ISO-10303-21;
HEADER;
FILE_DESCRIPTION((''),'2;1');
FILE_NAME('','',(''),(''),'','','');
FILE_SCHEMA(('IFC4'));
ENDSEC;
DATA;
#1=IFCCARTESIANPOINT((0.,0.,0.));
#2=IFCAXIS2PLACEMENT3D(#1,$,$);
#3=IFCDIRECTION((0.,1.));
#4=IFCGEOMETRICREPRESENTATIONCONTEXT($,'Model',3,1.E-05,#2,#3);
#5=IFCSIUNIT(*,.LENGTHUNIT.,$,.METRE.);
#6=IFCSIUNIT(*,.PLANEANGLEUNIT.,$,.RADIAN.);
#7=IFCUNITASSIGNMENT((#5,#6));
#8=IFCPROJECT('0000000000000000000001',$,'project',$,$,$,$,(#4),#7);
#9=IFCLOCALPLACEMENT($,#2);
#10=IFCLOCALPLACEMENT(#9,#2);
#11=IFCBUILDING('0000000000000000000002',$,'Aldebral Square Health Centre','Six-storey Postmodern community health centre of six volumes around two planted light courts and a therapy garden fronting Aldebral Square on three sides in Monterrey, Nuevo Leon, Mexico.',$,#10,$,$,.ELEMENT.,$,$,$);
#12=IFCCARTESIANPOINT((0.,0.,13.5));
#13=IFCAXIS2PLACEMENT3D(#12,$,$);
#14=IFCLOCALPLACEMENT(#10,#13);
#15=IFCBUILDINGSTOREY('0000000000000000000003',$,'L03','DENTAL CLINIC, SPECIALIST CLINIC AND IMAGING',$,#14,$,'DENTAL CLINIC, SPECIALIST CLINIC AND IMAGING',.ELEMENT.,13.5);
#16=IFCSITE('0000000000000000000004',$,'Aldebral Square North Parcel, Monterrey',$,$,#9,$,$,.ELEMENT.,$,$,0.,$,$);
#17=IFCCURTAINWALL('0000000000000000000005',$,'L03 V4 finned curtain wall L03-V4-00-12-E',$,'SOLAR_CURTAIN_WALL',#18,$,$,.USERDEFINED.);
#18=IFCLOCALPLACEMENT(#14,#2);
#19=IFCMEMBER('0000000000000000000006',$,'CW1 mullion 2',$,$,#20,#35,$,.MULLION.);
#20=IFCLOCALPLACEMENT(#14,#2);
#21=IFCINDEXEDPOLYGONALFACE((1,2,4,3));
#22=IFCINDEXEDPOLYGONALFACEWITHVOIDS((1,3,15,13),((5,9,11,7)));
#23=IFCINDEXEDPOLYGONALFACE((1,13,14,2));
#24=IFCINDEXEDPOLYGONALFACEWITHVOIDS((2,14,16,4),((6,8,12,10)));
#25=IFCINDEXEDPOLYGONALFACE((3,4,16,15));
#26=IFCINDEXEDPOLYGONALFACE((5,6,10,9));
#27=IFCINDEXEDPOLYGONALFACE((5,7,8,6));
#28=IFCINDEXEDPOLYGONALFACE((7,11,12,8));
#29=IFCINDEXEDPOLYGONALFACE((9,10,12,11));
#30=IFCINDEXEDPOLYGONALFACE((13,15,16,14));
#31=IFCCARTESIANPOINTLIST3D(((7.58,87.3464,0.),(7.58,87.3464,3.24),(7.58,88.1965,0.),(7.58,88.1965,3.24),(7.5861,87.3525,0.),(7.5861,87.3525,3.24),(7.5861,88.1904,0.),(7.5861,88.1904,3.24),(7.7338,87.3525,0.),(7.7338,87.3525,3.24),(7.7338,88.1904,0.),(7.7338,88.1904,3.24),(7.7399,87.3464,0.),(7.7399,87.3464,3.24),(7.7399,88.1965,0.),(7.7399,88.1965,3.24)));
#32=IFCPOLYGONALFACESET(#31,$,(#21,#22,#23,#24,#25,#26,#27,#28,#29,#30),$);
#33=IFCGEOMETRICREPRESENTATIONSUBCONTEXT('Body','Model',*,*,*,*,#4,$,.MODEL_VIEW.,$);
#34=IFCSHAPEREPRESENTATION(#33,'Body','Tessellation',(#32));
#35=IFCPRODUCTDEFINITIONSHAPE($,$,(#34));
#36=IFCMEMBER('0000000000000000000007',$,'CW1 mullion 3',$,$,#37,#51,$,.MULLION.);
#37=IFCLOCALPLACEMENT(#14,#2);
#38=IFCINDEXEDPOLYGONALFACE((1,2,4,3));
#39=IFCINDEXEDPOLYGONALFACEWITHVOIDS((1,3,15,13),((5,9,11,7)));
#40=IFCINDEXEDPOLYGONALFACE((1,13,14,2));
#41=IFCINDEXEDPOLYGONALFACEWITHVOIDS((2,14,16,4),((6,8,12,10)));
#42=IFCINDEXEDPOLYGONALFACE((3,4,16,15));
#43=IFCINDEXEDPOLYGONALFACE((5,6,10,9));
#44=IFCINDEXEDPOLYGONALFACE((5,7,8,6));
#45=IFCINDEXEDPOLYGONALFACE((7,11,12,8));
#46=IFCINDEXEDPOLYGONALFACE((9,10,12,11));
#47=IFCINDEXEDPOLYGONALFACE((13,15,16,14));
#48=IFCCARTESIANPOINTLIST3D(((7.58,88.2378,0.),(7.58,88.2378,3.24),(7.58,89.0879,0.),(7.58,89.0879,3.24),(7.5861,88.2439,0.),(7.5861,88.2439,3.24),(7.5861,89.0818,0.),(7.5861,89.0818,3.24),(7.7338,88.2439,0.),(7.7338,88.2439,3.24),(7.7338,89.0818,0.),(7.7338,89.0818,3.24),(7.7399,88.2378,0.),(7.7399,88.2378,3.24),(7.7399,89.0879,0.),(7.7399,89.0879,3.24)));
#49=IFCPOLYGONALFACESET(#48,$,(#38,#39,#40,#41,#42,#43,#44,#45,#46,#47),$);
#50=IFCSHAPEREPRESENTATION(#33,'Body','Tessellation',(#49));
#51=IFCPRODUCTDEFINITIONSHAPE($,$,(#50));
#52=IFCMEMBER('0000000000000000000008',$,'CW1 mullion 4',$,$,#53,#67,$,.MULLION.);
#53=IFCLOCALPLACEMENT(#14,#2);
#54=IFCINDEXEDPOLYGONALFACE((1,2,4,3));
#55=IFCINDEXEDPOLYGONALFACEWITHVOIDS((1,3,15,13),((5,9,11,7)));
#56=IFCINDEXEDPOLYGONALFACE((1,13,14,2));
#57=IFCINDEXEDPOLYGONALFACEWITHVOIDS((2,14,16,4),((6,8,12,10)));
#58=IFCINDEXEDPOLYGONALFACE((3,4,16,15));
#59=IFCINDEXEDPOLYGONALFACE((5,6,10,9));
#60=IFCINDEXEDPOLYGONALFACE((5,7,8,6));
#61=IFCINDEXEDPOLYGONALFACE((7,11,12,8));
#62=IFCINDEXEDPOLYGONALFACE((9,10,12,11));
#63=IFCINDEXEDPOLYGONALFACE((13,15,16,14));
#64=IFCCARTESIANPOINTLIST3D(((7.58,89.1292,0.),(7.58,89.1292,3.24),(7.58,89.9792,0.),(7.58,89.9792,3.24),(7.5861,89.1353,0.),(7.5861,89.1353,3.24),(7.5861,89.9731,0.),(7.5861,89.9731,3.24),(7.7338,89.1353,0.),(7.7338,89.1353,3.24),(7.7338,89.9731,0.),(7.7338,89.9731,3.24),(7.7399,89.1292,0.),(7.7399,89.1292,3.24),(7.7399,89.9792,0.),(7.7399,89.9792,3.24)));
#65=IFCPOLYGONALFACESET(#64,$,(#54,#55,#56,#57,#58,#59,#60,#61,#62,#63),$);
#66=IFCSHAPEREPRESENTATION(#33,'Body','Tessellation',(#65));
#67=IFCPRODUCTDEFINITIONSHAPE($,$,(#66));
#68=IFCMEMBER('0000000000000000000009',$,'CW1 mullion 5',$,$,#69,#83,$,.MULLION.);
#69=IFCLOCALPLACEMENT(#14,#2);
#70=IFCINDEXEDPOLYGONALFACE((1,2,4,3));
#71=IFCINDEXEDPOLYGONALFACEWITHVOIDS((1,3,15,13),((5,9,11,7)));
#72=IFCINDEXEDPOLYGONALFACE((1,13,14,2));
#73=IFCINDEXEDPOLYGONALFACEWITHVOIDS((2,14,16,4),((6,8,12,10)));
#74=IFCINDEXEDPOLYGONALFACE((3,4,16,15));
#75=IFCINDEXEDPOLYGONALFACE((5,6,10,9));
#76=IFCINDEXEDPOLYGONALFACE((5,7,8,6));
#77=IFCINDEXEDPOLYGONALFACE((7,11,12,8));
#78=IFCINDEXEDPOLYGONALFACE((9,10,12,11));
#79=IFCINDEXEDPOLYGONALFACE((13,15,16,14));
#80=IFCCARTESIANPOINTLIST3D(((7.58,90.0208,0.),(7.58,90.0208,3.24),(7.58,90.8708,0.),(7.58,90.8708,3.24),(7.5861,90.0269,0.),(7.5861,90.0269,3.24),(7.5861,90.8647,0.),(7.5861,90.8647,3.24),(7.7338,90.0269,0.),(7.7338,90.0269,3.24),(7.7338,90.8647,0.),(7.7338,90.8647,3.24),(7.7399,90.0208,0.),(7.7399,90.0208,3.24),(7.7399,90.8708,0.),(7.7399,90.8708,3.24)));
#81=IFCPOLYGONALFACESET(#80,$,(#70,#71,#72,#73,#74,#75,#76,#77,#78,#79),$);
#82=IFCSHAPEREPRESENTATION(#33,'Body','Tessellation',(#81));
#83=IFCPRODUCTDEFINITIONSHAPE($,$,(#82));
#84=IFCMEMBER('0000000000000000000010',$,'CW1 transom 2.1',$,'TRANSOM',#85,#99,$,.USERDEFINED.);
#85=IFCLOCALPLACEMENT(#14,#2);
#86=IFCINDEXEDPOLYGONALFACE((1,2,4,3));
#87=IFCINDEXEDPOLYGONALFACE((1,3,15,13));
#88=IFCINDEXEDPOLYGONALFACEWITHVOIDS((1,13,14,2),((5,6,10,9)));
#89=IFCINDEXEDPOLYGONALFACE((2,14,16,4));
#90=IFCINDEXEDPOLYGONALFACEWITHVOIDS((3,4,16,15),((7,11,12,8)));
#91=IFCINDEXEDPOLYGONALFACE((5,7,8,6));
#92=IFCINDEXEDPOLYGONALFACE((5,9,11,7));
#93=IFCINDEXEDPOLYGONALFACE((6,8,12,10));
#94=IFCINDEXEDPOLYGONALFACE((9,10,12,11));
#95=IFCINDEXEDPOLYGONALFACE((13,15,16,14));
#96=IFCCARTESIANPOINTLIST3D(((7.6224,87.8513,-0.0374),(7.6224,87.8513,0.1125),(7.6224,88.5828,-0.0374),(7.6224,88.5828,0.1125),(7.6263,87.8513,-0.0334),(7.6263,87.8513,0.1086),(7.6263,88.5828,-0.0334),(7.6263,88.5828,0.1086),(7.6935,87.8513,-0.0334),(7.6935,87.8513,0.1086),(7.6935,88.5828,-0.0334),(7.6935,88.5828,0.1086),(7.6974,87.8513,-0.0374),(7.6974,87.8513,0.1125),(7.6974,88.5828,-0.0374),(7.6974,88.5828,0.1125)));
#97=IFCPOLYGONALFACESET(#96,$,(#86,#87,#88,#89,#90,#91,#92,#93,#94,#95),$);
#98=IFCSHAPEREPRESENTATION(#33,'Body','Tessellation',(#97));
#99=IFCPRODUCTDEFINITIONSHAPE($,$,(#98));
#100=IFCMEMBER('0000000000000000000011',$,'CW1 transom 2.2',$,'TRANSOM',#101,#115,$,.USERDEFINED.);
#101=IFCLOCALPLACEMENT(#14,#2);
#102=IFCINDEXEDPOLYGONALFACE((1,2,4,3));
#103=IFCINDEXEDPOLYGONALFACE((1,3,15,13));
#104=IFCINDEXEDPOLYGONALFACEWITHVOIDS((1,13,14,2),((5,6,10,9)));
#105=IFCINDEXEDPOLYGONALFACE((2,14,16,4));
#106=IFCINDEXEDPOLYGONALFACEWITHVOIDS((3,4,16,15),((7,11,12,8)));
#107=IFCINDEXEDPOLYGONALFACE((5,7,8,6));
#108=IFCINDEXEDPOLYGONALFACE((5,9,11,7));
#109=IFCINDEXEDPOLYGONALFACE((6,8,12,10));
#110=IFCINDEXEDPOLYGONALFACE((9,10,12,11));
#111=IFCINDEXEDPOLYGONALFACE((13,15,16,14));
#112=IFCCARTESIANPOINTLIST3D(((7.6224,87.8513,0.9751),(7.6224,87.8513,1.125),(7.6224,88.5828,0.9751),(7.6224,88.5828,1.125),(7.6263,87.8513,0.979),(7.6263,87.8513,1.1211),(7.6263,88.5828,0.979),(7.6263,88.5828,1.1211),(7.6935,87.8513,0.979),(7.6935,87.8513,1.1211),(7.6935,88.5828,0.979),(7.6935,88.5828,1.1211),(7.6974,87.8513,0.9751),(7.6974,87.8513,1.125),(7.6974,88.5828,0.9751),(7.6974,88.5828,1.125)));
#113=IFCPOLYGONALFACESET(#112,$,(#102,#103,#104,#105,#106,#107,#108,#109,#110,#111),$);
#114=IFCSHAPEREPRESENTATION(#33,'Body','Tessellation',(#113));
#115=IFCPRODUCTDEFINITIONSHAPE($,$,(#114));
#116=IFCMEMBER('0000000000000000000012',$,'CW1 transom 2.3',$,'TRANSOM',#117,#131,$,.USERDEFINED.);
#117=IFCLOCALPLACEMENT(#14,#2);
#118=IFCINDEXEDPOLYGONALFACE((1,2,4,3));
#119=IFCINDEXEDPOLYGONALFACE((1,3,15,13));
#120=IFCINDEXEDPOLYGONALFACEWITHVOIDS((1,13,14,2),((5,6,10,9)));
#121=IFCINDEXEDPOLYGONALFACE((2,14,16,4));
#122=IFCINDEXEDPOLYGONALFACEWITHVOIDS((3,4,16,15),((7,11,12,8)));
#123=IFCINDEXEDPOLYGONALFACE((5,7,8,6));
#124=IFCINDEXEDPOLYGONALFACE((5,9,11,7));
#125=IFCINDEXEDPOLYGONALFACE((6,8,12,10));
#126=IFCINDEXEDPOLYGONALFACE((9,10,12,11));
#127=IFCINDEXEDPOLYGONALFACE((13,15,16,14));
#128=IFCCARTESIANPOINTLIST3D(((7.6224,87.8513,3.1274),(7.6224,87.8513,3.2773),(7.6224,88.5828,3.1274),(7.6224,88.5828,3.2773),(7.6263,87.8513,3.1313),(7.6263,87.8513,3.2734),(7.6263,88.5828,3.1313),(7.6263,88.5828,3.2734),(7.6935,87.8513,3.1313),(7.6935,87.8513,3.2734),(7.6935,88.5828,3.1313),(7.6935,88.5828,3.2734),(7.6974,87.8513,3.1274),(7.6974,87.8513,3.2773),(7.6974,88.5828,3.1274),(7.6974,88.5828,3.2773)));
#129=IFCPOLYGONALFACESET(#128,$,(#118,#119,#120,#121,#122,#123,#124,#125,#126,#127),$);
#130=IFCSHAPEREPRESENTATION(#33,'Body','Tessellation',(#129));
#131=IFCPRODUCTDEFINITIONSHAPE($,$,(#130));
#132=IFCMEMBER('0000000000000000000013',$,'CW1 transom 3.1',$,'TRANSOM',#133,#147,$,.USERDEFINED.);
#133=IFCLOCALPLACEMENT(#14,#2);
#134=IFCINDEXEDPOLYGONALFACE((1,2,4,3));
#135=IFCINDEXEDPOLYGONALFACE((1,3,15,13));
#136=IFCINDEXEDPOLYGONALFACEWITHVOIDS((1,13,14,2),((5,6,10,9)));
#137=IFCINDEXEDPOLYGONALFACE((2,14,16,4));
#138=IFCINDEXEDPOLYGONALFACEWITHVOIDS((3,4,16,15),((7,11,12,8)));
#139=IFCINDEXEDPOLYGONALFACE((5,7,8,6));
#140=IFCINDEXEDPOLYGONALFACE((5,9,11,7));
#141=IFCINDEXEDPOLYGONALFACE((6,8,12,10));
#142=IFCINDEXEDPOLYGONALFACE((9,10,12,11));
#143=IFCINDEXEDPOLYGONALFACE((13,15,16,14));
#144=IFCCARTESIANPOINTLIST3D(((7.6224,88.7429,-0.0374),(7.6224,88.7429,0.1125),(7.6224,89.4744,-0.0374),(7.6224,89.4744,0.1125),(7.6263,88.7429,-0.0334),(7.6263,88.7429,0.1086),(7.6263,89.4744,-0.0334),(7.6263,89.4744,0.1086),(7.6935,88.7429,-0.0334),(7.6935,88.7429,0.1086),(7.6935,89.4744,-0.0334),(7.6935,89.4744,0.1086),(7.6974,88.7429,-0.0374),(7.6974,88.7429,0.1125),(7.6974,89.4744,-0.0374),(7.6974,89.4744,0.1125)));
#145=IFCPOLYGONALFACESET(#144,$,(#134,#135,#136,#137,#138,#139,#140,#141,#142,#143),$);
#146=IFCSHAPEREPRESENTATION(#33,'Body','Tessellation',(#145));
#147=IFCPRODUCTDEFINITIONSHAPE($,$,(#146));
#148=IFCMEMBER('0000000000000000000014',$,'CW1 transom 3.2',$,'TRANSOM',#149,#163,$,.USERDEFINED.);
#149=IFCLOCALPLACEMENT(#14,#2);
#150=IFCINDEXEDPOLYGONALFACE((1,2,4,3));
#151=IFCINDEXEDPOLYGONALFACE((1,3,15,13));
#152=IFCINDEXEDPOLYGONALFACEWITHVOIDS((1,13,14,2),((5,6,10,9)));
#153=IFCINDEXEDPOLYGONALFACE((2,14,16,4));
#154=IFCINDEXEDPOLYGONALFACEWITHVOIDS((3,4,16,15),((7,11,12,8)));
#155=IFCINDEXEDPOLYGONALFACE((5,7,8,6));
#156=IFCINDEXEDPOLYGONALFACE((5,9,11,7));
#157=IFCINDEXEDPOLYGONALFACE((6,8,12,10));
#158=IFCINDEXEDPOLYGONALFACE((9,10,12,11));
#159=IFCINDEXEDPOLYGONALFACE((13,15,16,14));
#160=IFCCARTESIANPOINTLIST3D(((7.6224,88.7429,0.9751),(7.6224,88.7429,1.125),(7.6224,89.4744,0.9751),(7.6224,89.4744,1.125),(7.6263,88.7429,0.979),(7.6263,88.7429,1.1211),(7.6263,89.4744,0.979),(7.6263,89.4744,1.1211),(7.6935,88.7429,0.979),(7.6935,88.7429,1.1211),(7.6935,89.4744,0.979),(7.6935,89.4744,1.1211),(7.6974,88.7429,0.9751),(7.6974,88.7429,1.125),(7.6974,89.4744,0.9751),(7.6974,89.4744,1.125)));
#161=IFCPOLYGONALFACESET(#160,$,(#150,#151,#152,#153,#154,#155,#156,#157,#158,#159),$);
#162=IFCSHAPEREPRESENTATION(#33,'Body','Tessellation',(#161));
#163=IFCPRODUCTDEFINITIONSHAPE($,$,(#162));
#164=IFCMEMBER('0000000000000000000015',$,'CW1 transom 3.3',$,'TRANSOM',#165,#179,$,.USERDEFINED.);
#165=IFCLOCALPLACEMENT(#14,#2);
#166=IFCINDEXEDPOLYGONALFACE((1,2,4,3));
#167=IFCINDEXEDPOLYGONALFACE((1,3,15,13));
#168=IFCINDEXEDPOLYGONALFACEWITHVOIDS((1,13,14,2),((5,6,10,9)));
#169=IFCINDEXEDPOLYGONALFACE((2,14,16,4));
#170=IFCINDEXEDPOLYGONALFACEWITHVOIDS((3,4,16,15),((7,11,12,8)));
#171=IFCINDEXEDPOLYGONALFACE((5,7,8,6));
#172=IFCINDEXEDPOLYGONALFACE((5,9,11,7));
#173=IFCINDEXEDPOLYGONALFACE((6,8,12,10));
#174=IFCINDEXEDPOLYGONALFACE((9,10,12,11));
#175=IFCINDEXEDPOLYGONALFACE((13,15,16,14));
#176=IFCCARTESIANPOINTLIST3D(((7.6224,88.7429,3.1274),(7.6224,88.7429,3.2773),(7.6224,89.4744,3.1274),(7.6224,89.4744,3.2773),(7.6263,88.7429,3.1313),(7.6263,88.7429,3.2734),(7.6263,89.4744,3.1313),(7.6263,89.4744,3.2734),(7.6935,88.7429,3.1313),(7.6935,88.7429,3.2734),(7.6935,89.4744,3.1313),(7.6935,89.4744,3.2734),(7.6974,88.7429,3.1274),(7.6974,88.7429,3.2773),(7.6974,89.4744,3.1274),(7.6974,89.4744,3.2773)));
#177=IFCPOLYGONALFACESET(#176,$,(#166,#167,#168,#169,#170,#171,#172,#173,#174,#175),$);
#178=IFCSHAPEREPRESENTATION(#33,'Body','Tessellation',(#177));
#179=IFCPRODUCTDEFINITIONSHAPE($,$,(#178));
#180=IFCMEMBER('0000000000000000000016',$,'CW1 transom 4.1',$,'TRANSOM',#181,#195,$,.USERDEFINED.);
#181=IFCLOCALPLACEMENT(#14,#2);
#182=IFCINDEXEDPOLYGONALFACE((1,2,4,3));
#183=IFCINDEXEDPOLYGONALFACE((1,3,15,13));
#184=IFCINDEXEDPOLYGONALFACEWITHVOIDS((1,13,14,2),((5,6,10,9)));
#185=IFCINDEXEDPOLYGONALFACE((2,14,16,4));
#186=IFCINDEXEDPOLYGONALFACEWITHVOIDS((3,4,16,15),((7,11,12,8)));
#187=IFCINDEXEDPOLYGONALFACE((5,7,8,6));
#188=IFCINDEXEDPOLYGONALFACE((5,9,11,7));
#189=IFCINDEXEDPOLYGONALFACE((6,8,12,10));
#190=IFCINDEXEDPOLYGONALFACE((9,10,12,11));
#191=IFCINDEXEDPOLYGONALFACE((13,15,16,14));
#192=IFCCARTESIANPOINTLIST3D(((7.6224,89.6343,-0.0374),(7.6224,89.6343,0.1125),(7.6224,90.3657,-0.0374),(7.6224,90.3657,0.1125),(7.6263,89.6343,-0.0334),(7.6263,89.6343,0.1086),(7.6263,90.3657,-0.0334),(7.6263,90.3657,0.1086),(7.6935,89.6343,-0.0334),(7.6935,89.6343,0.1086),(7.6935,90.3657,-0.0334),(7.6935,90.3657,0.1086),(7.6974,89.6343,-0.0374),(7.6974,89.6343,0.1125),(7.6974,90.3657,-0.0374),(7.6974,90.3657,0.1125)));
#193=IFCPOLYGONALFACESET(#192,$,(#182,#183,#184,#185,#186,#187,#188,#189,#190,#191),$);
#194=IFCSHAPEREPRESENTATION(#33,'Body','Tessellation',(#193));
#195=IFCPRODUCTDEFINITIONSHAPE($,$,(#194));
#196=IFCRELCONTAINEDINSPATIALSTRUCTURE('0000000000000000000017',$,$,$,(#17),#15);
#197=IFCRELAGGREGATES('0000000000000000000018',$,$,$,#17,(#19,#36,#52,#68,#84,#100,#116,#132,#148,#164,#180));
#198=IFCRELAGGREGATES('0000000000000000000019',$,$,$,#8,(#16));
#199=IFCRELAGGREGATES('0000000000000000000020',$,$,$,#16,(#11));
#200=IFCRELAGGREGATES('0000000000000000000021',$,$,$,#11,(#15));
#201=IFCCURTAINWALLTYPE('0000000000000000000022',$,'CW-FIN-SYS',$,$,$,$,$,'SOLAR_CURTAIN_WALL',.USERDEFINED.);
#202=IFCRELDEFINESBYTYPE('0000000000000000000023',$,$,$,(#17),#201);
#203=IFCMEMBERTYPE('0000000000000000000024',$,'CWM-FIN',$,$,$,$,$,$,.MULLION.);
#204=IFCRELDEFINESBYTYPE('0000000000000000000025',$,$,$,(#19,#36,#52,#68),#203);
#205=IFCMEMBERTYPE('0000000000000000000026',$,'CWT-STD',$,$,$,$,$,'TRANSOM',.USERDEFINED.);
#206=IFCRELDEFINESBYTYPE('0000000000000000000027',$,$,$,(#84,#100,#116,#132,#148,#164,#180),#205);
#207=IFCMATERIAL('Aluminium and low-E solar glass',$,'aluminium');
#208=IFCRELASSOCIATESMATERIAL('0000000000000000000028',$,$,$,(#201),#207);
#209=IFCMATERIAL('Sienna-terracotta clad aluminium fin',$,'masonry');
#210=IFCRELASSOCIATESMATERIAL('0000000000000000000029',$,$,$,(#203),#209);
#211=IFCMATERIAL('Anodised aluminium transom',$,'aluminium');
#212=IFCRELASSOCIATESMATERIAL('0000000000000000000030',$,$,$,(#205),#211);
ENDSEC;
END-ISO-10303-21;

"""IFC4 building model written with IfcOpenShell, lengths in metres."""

from ifc_helpers import new_model, si_unit, direction, frame, origin, origin_2d, place, context, subcontext, project, spatial, hollow_rectangle, extrude, material, material_profile, profile_set, type_object, element, aggregate, save


model = new_model("IFC4")

# Units and contexts
model_context = context("Model", 3, precision=1e-05, world=origin(), true_north=direction((0.0, 1.0)))
body_context = subcontext(model_context, "Body", "Model", "MODEL_VIEW")
ifc_project = project(units=[si_unit("LENGTHUNIT", "METRE"), si_unit("PLANEANGLEUNIT", "RADIAN")], contexts=[model_context])

# Site, building, storey
site_placement = place(None, origin())
site = spatial("IfcSite", under=ifc_project, at=site_placement, Name="Aldebral Square North Parcel, Monterrey", CompositionType="ELEMENT", RefElevation=0.0)
building_placement = place(site_placement, origin())
building = spatial("IfcBuilding", under=site, at=building_placement, Name="Aldebral Square Health Centre", Description="Six-storey Postmodern community health centre of six volumes around two planted light courts and a therapy garden fronting Aldebral Square on three sides in Monterrey, Nuevo Leon, Mexico.", CompositionType="ELEMENT")
storey_placement = place(building_placement, frame((0.0, 0.0, 13.5)))
storey = spatial("IfcBuildingStorey", under=building, at=storey_placement, Name="L03", Description="DENTAL CLINIC, SPECIALIST CLINIC AND IMAGING", LongName="DENTAL CLINIC, SPECIALIST CLINIC AND IMAGING", CompositionType="ELEMENT", Elevation=13.5)

# Curtain wall, members
ifc_material_1 = material(Name="Aluminium and low-E solar glass", Category="aluminium")
curtain_wall_type = type_object("IfcCurtainWallType", Name="CW-FIN-SYS", ElementType="SOLAR_CURTAIN_WALL", PredefinedType="USERDEFINED", material=ifc_material_1)
curtain_wall_placement = place(storey_placement, origin())
curtain_wall = element("IfcCurtainWall", 1, at=curtain_wall_placement, inside=storey, type_object=curtain_wall_type, Name="L03 V4 finned curtain wall L03-V4-00-12-E", ObjectType="SOLAR_CURTAIN_WALL", PredefinedType="USERDEFINED")
ifc_material_2 = material(Name="Sienna-terracotta clad aluminium fin", Category="masonry")
ifc_material_profile_1 = material_profile(ifc_material_2, hollow_rectangle(XDim=0.1599, YDim=0.8501, WallThickness=0.0061, at=origin_2d()), Name="FIN 160x850x6")
ifc_profile_set_1 = profile_set([ifc_material_profile_1], Name="Sienna-terracotta clad aluminium fin")
member_type_1 = type_object("IfcMemberType", Name="CWM-FIN", PredefinedType="MULLION", material=ifc_profile_set_1)
member_1_placement = place(storey_placement, frame((7.6599, 87.7715, 0.0), z_axis=(0.0, 0.0, 1.0), x_axis=(-1.0, 0.0, 0.0)))
member_1 = element("IfcMember", 2, at=member_1_placement, type_object=member_type_1, Name="CW1 mullion 2", PredefinedType="MULLION", context=body_context, shape_type="SweptSolid", body=[
    extrude(hollow_rectangle(XDim=0.1599, YDim=0.8501, WallThickness=0.0061, at=origin_2d()), origin(), (0.0, 0.0, 1.0), 3.24),
])
member_2_placement = place(storey_placement, frame((7.6599, 88.6628, 0.0), z_axis=(0.0, 0.0, 1.0), x_axis=(-1.0, 0.0, 0.0)))
member_2 = element("IfcMember", 3, at=member_2_placement, type_object=member_type_1, Name="CW1 mullion 3", PredefinedType="MULLION", context=body_context, shape_type="SweptSolid", body=[
    extrude(hollow_rectangle(XDim=0.1599, YDim=0.8501, WallThickness=0.0061, at=origin_2d()), origin(), (0.0, 0.0, 1.0), 3.24),
])
member_3_placement = place(storey_placement, frame((7.6599, 89.5542, 0.0), z_axis=(0.0, 0.0, 1.0), x_axis=(-1.0, 0.0, 0.0)))
member_3 = element("IfcMember", 4, at=member_3_placement, type_object=member_type_1, Name="CW1 mullion 4", PredefinedType="MULLION", context=body_context, shape_type="SweptSolid", body=[
    extrude(hollow_rectangle(XDim=0.1599, YDim=0.8501, WallThickness=0.0061, at=origin_2d()), origin(), (0.0, 0.0, 1.0), 3.24),
])
member_4_placement = place(storey_placement, frame((7.6599, 90.4458, 0.0), z_axis=(0.0, 0.0, 1.0), x_axis=(-1.0, 0.0, 0.0)))
member_4 = element("IfcMember", 5, at=member_4_placement, type_object=member_type_1, Name="CW1 mullion 5", PredefinedType="MULLION", context=body_context, shape_type="SweptSolid", body=[
    extrude(hollow_rectangle(XDim=0.1599, YDim=0.8501, WallThickness=0.0061, at=origin_2d()), origin(), (0.0, 0.0, 1.0), 3.24),
])
ifc_material_3 = material(Name="Anodised aluminium transom", Category="aluminium")
ifc_material_profile_2 = material_profile(ifc_material_3, hollow_rectangle(XDim=0.075, YDim=0.1499, WallThickness=0.0039, at=origin_2d()), Name="CWT 75x150x4")
ifc_profile_set_2 = profile_set([ifc_material_profile_2], Name="Anodised aluminium transom")
member_type_2 = type_object("IfcMemberType", Name="CWT-STD", ElementType="TRANSOM", PredefinedType="USERDEFINED", material=ifc_profile_set_2)
member_5_placement = place(storey_placement, frame((7.6599, 87.8513, 0.0376), z_axis=(0.0, 1.0, 0.0), x_axis=(-1.0, 0.0, 0.0)))
member_5 = element("IfcMember", 6, at=member_5_placement, type_object=member_type_2, Name="CW1 transom 2.1", ObjectType="TRANSOM", PredefinedType="USERDEFINED", context=body_context, shape_type="SweptSolid", body=[
    extrude(hollow_rectangle(XDim=0.075, YDim=0.1499, WallThickness=0.0039, at=origin_2d()), origin(), (0.0, 0.0, 1.0), 0.7314),
])
member_6_placement = place(storey_placement, frame((7.6599, 87.8513, 1.05), z_axis=(0.0, 1.0, 0.0), x_axis=(-1.0, 0.0, 0.0)))
member_6 = element("IfcMember", 7, at=member_6_placement, type_object=member_type_2, Name="CW1 transom 2.2", ObjectType="TRANSOM", PredefinedType="USERDEFINED", context=body_context, shape_type="SweptSolid", body=[
    extrude(hollow_rectangle(XDim=0.075, YDim=0.1499, WallThickness=0.0039, at=origin_2d()), origin(), (0.0, 0.0, 1.0), 0.7314),
])
member_7_placement = place(storey_placement, frame((7.6599, 87.8513, 3.2024), z_axis=(0.0, 1.0, 0.0), x_axis=(-1.0, 0.0, 0.0)))
member_7 = element("IfcMember", 8, at=member_7_placement, type_object=member_type_2, Name="CW1 transom 2.3", ObjectType="TRANSOM", PredefinedType="USERDEFINED", context=body_context, shape_type="SweptSolid", body=[
    extrude(hollow_rectangle(XDim=0.075, YDim=0.1499, WallThickness=0.0039, at=origin_2d()), origin(), (0.0, 0.0, 1.0), 0.7314),
])
member_8_placement = place(storey_placement, frame((7.6599, 88.7429, 0.0376), z_axis=(0.0, 1.0, 0.0), x_axis=(-1.0, 0.0, 0.0)))
member_8 = element("IfcMember", 9, at=member_8_placement, type_object=member_type_2, Name="CW1 transom 3.1", ObjectType="TRANSOM", PredefinedType="USERDEFINED", context=body_context, shape_type="SweptSolid", body=[
    extrude(hollow_rectangle(XDim=0.075, YDim=0.1499, WallThickness=0.0039, at=origin_2d()), origin(), (0.0, 0.0, 1.0), 0.7314),
])
member_9_placement = place(storey_placement, frame((7.6599, 88.7429, 1.05), z_axis=(0.0, 1.0, 0.0), x_axis=(-1.0, 0.0, 0.0)))
member_9 = element("IfcMember", 10, at=member_9_placement, type_object=member_type_2, Name="CW1 transom 3.2", ObjectType="TRANSOM", PredefinedType="USERDEFINED", context=body_context, shape_type="SweptSolid", body=[
    extrude(hollow_rectangle(XDim=0.075, YDim=0.1499, WallThickness=0.0039, at=origin_2d()), origin(), (0.0, 0.0, 1.0), 0.7314),
])
member_10_placement = place(storey_placement, frame((7.6599, 88.7429, 3.2024), z_axis=(0.0, 1.0, 0.0), x_axis=(-1.0, 0.0, 0.0)))
member_10 = element("IfcMember", 11, at=member_10_placement, type_object=member_type_2, Name="CW1 transom 3.3", ObjectType="TRANSOM", PredefinedType="USERDEFINED", context=body_context, shape_type="SweptSolid", body=[
    extrude(hollow_rectangle(XDim=0.075, YDim=0.1499, WallThickness=0.0039, at=origin_2d()), origin(), (0.0, 0.0, 1.0), 0.7314),
])
member_11_placement = place(storey_placement, frame((7.6599, 89.6343, 0.0376), z_axis=(0.0, 1.0, 0.0), x_axis=(-1.0, 0.0, 0.0)))
member_11 = element("IfcMember", 12, at=member_11_placement, type_object=member_type_2, Name="CW1 transom 4.1", ObjectType="TRANSOM", PredefinedType="USERDEFINED", context=body_context, shape_type="SweptSolid", body=[
    extrude(hollow_rectangle(XDim=0.075, YDim=0.1499, WallThickness=0.0039, at=origin_2d()), origin(), (0.0, 0.0, 1.0), 0.7314),
])
aggregate(curtain_wall, [member_1, member_2, member_3, member_4, member_5, member_6, member_7, member_8, member_9, member_10, member_11])

save(model, "model.ifc")
